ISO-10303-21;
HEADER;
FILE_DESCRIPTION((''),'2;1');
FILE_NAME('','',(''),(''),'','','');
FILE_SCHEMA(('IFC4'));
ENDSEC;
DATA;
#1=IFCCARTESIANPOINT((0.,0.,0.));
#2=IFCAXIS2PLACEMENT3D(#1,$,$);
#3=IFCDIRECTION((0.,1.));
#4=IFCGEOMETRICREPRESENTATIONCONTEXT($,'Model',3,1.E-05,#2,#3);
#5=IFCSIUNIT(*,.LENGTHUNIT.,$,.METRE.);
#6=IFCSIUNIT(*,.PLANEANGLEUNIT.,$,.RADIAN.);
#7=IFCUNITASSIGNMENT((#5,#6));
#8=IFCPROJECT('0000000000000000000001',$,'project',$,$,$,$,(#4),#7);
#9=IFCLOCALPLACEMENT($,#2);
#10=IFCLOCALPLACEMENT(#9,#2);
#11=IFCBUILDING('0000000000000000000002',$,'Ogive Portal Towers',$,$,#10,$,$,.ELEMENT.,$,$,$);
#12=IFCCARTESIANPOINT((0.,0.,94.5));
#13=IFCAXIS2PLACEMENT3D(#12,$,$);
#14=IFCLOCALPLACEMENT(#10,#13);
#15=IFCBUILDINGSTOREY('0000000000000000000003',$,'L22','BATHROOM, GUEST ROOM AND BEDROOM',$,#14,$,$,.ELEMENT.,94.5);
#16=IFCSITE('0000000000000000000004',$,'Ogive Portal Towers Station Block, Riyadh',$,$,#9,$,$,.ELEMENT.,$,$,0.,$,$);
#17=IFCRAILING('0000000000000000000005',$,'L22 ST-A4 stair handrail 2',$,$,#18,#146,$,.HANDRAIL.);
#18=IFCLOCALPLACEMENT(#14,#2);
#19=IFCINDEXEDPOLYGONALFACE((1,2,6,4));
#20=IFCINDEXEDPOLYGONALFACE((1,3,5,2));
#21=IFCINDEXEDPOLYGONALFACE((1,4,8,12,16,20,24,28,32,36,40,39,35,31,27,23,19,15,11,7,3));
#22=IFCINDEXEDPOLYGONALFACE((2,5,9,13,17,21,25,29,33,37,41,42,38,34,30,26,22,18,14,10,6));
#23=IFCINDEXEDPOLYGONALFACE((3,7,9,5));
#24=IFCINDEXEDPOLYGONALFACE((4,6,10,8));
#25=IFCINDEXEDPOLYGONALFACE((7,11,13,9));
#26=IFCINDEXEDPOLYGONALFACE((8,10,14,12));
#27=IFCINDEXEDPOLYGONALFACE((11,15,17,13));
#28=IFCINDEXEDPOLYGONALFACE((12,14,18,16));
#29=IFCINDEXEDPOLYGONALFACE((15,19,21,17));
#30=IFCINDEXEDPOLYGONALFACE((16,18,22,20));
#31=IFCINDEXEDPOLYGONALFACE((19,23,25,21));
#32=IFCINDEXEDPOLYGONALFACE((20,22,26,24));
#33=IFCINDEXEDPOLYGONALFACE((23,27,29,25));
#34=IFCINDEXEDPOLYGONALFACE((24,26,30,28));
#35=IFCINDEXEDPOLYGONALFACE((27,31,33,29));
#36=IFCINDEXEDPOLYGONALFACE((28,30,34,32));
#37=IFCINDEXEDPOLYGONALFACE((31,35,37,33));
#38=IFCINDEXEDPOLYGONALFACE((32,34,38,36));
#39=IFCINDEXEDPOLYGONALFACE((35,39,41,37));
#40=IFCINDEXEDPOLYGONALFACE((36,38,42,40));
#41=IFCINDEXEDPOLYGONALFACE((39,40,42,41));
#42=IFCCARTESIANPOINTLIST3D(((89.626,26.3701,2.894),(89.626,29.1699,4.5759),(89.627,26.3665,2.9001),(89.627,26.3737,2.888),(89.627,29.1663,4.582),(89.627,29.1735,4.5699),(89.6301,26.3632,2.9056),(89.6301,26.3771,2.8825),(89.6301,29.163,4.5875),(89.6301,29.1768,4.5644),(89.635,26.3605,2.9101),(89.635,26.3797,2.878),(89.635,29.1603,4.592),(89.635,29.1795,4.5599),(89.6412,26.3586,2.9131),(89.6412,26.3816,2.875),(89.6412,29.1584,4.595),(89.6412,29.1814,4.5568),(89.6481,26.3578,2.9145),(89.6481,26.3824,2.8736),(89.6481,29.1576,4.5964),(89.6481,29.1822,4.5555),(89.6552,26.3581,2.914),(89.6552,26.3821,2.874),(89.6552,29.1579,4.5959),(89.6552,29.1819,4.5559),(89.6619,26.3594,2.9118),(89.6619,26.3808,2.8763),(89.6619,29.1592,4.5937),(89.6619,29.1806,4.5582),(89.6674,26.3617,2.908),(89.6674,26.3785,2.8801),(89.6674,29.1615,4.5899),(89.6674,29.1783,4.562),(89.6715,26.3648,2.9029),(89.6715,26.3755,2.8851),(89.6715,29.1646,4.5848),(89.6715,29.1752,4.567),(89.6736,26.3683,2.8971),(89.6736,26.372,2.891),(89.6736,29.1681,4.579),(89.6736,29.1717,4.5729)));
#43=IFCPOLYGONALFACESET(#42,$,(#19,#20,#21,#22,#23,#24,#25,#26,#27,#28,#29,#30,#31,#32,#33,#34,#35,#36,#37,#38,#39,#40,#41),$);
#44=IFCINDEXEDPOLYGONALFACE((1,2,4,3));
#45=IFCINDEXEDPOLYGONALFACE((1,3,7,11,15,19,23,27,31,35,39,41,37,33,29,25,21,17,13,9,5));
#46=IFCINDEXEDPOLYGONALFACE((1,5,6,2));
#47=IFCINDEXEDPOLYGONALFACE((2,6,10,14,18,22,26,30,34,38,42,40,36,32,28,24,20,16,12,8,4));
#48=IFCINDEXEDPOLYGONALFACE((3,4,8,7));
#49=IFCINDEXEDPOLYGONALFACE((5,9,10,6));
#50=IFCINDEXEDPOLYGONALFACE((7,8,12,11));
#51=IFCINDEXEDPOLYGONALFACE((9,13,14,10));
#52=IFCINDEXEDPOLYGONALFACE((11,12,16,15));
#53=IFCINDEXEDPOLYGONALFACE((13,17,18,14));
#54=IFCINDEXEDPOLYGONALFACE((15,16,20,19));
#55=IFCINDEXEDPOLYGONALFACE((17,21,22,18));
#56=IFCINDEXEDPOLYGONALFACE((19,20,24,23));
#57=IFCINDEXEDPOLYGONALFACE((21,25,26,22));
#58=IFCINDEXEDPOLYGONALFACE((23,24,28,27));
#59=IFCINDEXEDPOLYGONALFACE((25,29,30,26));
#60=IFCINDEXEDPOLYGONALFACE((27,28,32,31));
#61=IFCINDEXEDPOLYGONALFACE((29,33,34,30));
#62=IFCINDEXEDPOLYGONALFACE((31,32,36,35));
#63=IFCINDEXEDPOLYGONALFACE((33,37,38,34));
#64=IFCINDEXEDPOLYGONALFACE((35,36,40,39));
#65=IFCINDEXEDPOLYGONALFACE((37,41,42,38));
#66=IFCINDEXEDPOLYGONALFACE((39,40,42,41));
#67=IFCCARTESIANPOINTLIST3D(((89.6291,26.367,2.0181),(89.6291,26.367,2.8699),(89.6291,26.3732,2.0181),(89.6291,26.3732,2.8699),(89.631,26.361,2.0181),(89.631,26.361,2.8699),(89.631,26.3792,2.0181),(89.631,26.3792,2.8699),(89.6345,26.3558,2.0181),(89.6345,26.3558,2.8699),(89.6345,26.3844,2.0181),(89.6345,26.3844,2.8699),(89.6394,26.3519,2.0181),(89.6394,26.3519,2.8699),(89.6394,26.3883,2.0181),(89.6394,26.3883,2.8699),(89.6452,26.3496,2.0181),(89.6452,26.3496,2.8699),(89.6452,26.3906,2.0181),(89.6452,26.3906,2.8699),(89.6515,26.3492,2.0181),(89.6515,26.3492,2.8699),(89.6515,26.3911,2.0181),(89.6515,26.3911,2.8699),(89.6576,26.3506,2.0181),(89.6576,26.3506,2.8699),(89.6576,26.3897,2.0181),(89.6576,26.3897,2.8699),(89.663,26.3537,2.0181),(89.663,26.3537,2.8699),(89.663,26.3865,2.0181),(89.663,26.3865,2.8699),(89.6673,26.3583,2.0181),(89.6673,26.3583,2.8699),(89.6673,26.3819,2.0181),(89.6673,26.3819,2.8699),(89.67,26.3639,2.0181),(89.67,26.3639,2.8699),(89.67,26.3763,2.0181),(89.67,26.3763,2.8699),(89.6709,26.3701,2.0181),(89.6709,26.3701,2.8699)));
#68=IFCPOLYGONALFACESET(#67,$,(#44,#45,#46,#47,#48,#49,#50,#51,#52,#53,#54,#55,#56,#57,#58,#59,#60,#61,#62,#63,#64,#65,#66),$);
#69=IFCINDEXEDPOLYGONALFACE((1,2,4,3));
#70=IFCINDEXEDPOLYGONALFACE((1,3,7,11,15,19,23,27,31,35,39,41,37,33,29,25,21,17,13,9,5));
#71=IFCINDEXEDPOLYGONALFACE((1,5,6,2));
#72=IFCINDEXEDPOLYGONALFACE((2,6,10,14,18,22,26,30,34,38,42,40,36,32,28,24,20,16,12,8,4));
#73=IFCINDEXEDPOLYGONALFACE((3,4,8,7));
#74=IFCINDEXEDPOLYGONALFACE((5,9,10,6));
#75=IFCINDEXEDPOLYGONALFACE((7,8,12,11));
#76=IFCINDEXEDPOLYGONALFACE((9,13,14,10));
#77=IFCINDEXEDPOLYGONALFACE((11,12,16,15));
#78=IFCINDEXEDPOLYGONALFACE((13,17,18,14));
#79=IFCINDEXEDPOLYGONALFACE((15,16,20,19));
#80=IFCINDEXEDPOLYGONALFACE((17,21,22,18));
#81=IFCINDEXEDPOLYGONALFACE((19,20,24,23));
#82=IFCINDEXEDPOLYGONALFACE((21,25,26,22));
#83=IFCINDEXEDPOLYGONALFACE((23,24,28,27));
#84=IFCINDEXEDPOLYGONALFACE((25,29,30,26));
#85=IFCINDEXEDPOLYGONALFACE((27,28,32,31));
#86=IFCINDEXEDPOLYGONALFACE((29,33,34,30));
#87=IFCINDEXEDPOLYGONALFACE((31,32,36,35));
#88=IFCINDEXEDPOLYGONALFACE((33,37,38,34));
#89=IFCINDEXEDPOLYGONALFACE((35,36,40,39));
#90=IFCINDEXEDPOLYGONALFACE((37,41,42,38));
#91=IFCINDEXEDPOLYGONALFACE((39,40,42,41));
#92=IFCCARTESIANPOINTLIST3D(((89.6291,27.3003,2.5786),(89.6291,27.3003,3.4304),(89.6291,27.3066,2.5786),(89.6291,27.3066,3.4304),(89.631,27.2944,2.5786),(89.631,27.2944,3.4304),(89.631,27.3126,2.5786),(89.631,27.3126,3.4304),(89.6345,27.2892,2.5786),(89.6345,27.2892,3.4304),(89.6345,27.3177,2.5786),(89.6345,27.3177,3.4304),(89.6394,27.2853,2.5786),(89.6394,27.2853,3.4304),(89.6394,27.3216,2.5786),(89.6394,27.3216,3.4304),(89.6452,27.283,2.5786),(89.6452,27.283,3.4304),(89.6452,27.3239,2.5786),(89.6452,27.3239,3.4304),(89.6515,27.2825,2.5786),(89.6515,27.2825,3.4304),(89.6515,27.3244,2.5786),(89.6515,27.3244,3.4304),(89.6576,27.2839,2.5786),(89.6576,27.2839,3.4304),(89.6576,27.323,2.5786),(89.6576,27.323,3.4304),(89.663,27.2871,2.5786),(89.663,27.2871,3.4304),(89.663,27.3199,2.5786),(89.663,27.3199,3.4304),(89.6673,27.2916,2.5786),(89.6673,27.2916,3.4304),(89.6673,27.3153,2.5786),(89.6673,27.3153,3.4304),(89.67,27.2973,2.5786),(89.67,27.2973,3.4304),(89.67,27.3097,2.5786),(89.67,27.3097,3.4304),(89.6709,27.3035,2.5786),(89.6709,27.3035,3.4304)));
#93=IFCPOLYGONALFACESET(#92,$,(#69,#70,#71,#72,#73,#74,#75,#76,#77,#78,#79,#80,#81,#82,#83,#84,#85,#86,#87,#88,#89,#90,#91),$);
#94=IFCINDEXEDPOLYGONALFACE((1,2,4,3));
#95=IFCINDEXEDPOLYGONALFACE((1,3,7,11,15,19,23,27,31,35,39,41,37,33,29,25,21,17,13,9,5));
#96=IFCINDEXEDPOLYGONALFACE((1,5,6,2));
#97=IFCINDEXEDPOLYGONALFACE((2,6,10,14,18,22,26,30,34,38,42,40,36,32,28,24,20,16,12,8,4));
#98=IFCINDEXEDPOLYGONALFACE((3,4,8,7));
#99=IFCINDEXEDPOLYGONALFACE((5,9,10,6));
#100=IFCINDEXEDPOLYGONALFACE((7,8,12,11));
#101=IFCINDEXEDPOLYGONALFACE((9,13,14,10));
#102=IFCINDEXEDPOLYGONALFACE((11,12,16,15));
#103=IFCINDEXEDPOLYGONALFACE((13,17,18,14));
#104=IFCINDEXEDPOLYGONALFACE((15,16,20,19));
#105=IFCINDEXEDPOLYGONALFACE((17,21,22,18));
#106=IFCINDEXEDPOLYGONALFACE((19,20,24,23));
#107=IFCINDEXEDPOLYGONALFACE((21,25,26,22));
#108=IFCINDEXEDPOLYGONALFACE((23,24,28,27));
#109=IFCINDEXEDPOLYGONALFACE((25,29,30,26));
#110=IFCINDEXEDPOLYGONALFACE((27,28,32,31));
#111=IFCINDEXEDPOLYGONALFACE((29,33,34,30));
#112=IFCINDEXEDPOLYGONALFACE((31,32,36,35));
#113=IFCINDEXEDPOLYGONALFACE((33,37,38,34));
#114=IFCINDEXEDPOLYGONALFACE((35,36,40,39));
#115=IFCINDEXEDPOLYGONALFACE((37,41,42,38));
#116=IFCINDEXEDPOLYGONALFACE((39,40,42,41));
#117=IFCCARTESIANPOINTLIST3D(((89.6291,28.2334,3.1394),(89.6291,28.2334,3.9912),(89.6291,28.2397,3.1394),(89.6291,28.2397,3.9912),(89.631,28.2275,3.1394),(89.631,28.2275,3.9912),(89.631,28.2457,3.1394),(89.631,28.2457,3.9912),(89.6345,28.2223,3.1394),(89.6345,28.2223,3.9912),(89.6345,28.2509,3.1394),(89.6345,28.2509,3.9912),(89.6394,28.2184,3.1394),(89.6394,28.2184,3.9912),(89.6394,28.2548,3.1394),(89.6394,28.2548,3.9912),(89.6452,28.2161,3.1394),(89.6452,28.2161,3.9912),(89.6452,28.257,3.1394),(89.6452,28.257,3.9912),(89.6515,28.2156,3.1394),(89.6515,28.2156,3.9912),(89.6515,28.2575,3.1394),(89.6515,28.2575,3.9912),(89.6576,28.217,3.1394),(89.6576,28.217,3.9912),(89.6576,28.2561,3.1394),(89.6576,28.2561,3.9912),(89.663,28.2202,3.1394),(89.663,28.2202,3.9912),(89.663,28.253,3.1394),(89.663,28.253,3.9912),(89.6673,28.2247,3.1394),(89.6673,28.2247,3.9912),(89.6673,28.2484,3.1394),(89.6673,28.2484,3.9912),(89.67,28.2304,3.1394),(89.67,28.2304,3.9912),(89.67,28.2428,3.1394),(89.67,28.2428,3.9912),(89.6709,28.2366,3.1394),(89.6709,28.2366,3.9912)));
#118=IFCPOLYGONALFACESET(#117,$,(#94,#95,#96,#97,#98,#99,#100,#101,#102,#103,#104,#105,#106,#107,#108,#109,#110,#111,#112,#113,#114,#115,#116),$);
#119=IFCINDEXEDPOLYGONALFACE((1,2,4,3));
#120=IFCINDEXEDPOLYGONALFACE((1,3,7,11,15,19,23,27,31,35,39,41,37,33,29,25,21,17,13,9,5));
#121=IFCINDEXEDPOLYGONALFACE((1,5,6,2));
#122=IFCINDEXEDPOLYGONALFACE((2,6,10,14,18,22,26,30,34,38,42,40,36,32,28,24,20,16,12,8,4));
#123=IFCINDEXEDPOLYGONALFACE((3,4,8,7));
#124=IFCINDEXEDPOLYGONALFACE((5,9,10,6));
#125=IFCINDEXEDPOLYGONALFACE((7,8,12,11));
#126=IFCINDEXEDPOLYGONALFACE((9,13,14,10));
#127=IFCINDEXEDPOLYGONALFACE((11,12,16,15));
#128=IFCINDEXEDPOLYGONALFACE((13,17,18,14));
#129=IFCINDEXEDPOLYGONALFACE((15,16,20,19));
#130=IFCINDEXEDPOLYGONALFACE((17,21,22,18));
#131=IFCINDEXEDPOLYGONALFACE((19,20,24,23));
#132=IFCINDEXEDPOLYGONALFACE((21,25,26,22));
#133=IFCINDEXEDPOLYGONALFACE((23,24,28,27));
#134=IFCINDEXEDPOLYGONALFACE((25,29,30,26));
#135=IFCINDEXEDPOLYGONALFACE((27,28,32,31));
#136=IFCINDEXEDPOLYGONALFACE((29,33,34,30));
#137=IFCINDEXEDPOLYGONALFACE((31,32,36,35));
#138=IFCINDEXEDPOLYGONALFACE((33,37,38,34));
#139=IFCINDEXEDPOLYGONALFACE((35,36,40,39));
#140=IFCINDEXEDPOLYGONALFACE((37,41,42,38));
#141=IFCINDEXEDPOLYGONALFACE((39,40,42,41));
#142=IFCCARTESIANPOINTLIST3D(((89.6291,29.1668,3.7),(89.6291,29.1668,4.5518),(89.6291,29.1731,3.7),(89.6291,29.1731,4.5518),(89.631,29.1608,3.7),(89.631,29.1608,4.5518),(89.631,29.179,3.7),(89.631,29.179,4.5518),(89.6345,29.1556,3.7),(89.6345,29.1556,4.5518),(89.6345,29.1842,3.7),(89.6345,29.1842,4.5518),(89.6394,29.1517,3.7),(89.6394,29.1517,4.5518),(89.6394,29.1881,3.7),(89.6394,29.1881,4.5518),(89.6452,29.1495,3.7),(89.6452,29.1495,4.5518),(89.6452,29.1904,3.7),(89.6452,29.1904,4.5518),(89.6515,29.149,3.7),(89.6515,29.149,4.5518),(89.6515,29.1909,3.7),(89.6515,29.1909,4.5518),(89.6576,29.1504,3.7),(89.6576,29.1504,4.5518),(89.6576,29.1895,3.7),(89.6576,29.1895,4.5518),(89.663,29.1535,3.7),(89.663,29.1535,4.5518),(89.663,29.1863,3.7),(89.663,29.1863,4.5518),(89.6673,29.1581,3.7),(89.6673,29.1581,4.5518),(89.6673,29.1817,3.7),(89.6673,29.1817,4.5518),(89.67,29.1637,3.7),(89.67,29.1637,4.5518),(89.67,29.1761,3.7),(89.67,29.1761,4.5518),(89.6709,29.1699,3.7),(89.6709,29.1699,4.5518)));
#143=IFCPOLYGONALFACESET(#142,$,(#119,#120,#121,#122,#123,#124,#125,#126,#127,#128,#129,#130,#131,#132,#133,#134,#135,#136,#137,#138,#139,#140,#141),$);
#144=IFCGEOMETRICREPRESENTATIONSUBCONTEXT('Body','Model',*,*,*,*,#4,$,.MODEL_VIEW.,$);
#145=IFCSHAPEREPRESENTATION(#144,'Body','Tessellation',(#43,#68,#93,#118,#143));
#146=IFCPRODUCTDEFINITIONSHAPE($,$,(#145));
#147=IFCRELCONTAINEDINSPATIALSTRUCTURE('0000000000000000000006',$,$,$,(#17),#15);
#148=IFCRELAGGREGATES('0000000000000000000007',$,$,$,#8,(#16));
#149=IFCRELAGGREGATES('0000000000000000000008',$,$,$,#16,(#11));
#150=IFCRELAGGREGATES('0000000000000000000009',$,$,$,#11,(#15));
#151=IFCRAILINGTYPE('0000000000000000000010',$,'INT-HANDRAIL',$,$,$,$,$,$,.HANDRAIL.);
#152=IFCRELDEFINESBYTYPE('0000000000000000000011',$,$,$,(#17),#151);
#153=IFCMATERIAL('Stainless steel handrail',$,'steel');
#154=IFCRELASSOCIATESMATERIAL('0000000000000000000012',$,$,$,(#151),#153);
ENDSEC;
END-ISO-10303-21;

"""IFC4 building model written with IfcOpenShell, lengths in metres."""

from ifc_helpers import new_model, si_unit, direction, frame, origin, origin_2d, place, context, subcontext, project, spatial, circle, extrude, material, type_object, element, save


model = new_model("IFC4")

# Units and contexts
model_context = context("Model", 3, precision=1e-05, world=origin(), true_north=direction((0.0, 1.0)))
body_context = subcontext(model_context, "Body", "Model", "MODEL_VIEW")
ifc_project = project(units=[si_unit("LENGTHUNIT", "METRE"), si_unit("PLANEANGLEUNIT", "RADIAN")], contexts=[model_context])

# Site, building, storey
site_placement = place(None, origin())
site = spatial("IfcSite", under=ifc_project, at=site_placement, Name="Ogive Portal Towers Station Block, Riyadh", CompositionType="ELEMENT", RefElevation=0.0)
building_placement = place(site_placement, origin())
building = spatial("IfcBuilding", under=site, at=building_placement, Name="Ogive Portal Towers", CompositionType="ELEMENT")
storey_placement = place(building_placement, frame((0.0, 0.0, 94.5)))
storey = spatial("IfcBuildingStorey", under=building, at=storey_placement, Name="L22", Description="BATHROOM, GUEST ROOM AND BEDROOM", CompositionType="ELEMENT", Elevation=94.5)

# Railing
ifc_material_1 = material(Name="Stainless steel handrail", Category="steel")
railing_type_1 = type_object("IfcRailingType", Name="INT-HANDRAIL", PredefinedType="HANDRAIL", material=ifc_material_1)
railing_1_placement = place(storey_placement, frame((89.6499, 26.3701, 2.0181)))
element("IfcRailing", 1, at=railing_1_placement, inside=storey, type_object=railing_type_1, Name="L22 ST-A4 stair handrail 2", PredefinedType="HANDRAIL", context=body_context, shape_type="SweptSolid", body=[
    extrude(circle(Radius=0.0239, at=origin_2d()), frame((0.0, 0.0, 0.876), z_axis=(0.0, 0.857222, 0.514946), x_axis=(-1.0, 0.0, 0.0)), (0.0, 0.0, 1.0), 3.2661),
    extrude(circle(Radius=0.021, at=origin_2d()), origin(), (0.0, 0.0, 1.0), 0.8518),
    extrude(circle(Radius=0.021, at=origin_2d()), frame((0.0, 0.9333, 0.5605)), (0.0, 0.0, 1.0), 0.8518),
    extrude(circle(Radius=0.021, at=origin_2d()), frame((0.0, 1.8665, 1.1213)), (0.0, 0.0, 1.0), 0.8518),
    extrude(circle(Radius=0.021, at=origin_2d()), frame((0.0, 2.7998, 1.6819)), (0.0, 0.0, 1.0), 0.8518),
])

save(model, "model.ifc")
